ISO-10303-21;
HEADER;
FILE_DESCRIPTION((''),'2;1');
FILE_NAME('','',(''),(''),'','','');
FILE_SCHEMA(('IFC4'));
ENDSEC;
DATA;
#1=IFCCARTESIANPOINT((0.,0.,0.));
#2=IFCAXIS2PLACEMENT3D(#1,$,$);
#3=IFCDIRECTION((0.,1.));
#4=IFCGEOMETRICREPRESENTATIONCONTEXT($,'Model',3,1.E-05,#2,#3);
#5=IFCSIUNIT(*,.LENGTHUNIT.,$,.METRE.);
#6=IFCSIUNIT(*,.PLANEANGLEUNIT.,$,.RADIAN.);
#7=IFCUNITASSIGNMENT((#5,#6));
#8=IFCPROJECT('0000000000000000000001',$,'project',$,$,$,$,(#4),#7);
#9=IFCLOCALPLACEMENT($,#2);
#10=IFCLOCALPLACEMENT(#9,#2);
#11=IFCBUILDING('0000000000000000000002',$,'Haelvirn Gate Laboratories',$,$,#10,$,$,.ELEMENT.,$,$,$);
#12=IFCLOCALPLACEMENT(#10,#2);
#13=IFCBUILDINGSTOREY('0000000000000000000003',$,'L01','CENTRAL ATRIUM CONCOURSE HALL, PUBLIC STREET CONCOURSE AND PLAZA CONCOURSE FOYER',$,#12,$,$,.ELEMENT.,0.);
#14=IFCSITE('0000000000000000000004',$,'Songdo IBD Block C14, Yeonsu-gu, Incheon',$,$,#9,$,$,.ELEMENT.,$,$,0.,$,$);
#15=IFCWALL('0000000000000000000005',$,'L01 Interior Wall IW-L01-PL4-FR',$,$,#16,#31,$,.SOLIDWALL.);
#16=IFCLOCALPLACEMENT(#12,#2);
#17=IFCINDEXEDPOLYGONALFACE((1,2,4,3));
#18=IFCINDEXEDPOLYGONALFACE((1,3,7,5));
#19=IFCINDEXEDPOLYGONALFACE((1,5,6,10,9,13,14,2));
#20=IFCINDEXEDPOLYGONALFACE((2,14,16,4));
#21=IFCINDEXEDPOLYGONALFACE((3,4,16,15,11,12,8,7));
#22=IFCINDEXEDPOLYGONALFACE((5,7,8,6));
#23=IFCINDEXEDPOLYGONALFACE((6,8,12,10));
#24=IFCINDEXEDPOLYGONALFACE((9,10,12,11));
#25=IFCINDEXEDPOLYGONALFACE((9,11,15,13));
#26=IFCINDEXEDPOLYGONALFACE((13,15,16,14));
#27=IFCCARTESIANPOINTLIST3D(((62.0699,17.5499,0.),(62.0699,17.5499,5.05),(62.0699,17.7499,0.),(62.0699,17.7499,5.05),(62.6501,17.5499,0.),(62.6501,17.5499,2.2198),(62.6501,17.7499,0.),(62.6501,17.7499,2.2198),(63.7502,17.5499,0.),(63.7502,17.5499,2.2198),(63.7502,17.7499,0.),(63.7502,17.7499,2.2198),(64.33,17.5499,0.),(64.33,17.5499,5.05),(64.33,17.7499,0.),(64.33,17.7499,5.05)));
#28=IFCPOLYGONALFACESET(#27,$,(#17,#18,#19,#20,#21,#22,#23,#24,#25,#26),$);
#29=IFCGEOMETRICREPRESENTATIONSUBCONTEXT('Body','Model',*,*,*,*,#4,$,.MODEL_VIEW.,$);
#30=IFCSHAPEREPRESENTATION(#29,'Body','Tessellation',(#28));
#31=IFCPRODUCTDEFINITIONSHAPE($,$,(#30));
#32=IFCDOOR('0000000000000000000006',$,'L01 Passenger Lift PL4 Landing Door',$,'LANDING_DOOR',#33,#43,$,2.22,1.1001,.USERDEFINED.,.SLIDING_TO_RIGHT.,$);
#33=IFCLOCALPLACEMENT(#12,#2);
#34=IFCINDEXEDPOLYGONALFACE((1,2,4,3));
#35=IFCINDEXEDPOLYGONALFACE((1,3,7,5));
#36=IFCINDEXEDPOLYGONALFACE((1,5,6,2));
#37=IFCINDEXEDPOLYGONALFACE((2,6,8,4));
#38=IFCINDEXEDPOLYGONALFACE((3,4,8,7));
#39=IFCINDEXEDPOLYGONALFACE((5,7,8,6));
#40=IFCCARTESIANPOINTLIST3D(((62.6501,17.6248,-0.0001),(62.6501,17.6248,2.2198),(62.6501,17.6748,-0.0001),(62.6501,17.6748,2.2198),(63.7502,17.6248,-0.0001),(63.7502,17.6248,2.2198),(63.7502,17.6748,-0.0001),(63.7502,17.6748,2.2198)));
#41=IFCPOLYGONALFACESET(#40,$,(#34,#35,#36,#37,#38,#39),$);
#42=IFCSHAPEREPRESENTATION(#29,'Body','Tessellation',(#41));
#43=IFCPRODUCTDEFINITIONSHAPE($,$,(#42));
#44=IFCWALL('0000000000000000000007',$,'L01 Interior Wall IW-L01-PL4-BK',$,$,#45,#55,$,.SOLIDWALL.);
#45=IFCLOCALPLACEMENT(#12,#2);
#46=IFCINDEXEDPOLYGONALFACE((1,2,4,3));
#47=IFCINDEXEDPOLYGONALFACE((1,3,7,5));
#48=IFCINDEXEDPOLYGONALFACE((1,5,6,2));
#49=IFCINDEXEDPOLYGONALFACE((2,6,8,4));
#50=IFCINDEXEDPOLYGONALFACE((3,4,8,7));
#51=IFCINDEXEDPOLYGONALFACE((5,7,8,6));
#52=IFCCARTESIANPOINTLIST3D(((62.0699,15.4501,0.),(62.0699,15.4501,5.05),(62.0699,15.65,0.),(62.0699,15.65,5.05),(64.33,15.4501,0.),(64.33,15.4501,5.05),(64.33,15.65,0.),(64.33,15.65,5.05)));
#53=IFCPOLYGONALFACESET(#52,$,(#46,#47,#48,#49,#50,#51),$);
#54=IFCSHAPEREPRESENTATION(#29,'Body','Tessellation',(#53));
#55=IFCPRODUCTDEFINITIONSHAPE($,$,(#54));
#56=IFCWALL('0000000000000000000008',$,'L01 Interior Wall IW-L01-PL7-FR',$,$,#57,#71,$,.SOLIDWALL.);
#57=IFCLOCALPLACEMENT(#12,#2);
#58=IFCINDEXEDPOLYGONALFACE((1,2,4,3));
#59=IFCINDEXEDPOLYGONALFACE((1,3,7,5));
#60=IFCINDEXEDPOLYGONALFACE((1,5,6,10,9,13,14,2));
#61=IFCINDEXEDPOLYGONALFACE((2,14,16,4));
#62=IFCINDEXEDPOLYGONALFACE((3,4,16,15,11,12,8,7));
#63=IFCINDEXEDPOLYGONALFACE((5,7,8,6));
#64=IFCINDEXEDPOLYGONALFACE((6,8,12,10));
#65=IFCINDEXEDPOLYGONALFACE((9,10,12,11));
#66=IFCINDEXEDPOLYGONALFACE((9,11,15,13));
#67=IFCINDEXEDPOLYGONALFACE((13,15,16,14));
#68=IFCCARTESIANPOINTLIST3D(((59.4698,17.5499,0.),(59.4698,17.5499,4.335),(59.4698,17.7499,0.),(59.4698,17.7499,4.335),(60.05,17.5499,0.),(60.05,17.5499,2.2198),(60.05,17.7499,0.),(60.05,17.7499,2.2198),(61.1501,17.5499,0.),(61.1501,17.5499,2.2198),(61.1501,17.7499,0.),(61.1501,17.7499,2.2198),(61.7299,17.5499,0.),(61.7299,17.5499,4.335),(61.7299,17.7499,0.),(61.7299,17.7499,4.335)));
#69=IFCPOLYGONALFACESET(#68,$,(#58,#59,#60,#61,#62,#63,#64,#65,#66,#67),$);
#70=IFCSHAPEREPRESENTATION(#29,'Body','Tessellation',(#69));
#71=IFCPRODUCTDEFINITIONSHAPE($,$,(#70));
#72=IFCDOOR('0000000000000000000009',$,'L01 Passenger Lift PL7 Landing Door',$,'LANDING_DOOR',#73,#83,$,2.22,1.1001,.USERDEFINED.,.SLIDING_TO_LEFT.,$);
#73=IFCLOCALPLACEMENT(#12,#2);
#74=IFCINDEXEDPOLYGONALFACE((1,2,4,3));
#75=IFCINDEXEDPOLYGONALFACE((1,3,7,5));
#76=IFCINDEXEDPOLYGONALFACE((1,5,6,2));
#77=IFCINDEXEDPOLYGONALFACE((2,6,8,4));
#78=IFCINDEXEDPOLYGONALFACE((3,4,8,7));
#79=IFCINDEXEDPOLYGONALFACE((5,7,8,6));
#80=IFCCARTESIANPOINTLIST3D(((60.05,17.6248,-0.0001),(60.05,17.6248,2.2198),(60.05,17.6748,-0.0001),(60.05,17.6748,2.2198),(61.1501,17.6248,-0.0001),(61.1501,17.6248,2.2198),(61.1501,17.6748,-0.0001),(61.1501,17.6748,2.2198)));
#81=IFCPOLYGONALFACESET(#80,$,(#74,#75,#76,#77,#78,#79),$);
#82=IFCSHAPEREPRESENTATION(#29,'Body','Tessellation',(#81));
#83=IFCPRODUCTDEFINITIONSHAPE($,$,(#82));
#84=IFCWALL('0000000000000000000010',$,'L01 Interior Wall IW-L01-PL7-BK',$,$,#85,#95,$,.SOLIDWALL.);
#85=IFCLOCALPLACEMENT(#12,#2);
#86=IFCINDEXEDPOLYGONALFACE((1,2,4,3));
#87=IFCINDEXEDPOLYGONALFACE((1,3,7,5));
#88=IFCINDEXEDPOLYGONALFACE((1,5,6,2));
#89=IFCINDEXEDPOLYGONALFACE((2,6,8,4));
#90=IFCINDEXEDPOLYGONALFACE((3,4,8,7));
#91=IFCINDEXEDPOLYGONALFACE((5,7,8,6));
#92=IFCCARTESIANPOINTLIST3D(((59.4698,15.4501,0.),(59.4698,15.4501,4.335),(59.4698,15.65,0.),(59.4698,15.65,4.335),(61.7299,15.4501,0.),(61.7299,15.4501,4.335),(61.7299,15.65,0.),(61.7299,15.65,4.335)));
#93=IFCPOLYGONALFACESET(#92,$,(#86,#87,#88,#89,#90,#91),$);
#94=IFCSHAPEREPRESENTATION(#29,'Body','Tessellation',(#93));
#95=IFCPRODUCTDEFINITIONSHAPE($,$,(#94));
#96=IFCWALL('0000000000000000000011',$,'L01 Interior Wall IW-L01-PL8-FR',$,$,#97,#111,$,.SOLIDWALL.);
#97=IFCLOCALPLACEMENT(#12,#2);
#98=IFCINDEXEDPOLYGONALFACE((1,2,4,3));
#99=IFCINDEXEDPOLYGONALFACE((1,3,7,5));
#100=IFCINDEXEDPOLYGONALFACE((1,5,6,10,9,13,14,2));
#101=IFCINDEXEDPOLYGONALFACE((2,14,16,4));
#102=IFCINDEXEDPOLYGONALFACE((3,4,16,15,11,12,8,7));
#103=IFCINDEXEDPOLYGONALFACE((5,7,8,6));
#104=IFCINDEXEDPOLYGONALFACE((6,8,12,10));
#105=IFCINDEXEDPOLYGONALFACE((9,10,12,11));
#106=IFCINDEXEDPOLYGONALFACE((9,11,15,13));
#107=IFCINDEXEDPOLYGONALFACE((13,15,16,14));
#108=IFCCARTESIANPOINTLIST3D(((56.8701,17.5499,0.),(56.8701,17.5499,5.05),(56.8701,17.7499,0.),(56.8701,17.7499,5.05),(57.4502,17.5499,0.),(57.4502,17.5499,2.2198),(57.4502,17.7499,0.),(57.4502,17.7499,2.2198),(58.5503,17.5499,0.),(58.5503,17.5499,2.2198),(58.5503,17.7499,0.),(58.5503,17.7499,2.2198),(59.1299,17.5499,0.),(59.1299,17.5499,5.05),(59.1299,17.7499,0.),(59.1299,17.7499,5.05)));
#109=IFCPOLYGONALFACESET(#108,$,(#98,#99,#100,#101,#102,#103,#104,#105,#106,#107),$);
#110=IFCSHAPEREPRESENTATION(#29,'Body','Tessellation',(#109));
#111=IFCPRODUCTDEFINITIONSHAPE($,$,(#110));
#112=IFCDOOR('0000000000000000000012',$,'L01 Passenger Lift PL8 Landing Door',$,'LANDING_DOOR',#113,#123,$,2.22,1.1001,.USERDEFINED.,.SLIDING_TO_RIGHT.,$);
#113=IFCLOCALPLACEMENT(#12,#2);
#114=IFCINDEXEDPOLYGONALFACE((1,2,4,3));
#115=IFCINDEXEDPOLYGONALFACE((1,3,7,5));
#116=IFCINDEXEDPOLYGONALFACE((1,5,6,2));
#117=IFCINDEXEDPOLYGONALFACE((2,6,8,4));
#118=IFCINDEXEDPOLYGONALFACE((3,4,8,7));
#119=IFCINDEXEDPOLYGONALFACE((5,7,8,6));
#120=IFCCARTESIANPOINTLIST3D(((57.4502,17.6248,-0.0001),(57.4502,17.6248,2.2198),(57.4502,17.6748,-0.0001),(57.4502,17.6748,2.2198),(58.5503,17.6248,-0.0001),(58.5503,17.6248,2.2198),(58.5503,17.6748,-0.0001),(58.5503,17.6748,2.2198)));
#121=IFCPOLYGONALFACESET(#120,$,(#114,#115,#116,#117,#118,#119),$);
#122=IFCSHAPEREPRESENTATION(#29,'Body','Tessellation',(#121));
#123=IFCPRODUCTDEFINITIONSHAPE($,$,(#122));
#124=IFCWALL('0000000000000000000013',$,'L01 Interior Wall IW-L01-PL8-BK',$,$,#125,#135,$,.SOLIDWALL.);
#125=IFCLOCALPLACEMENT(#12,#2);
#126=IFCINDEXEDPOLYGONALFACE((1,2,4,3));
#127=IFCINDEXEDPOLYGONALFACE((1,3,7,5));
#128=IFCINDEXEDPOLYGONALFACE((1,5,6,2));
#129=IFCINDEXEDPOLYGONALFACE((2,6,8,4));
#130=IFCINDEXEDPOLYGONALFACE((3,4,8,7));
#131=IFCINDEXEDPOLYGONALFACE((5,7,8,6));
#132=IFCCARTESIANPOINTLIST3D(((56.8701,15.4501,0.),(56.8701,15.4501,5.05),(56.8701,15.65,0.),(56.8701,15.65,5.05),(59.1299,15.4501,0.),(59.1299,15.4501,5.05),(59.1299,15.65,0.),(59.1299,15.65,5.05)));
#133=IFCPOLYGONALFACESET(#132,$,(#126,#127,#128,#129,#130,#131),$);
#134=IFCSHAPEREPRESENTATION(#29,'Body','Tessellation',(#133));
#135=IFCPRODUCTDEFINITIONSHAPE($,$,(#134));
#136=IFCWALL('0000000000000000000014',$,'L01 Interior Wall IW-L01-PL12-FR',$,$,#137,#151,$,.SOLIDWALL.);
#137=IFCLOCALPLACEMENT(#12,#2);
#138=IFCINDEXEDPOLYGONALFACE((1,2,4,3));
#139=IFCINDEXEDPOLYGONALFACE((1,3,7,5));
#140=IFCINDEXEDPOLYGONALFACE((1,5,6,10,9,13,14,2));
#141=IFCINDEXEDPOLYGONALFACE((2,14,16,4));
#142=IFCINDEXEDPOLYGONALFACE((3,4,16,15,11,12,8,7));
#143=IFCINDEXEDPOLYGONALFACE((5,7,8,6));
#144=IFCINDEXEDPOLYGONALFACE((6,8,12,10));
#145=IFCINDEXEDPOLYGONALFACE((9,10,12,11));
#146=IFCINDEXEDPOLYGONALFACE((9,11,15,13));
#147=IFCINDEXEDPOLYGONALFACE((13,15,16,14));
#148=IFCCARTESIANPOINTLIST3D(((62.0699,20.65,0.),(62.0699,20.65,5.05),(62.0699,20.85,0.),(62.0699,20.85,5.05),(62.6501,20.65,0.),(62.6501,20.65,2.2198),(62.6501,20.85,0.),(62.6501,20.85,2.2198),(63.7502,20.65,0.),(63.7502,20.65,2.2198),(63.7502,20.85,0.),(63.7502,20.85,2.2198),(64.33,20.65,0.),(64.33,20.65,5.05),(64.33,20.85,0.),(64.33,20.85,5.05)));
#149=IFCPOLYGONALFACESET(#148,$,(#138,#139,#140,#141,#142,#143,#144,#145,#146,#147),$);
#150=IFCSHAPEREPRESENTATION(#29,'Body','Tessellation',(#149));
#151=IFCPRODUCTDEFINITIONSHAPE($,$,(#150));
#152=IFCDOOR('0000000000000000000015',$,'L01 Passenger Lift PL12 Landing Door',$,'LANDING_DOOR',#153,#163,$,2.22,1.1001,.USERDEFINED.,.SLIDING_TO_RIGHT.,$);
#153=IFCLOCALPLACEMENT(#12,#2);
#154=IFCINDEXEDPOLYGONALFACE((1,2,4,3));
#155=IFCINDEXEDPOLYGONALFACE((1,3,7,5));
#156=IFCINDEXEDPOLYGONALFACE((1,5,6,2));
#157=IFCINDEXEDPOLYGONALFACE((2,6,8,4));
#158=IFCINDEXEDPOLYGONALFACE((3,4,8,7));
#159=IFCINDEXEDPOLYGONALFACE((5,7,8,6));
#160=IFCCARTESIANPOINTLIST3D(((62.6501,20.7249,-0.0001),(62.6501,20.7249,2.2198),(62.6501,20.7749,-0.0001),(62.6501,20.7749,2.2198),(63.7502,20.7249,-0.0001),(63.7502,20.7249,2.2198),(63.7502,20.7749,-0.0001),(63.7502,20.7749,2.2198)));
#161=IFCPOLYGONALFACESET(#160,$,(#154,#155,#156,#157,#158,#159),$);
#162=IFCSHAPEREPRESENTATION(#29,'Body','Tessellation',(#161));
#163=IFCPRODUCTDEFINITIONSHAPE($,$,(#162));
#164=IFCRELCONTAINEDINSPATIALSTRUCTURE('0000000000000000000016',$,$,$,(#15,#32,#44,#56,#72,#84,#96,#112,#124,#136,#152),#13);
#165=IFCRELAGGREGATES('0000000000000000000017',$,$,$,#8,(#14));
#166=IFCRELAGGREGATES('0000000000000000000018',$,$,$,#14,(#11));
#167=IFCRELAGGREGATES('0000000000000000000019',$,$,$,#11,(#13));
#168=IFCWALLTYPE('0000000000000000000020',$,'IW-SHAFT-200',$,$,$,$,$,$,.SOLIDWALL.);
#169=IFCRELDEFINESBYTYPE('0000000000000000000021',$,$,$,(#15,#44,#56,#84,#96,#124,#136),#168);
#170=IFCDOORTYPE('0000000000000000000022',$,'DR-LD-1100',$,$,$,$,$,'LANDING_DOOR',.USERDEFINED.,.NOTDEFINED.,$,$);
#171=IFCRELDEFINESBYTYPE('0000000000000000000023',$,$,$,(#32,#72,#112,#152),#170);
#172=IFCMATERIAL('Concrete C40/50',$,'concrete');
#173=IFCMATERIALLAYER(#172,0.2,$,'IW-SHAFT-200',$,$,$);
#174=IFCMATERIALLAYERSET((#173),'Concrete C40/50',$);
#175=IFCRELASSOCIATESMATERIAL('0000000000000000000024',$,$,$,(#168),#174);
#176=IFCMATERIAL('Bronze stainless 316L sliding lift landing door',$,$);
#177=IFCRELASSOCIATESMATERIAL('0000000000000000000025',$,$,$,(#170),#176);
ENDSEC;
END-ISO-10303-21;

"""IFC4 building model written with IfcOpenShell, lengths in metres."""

from ifc_helpers import new_model, si_unit, direction, frame, frame_2d, origin, place, context, subcontext, project, spatial, rectangle, extrude, source, transform, mapped, material, layer, layer_set, type_object, type_shapes, element, fill, save


model = new_model("IFC4")

# Units and contexts
model_context = context("Model", 3, precision=1e-05, world=origin(), true_north=direction((0.0, 1.0)))
body_context = subcontext(model_context, "Body", "Model", "MODEL_VIEW")
ifc_project = project(units=[si_unit("LENGTHUNIT", "METRE"), si_unit("PLANEANGLEUNIT", "RADIAN")], contexts=[model_context])

# Site, building, storey
site_placement = place(None, origin())
site = spatial("IfcSite", under=ifc_project, at=site_placement, Name="Songdo IBD Block C14, Yeonsu-gu, Incheon", CompositionType="ELEMENT", RefElevation=0.0)
building_placement = place(site_placement, origin())
building = spatial("IfcBuilding", under=site, at=building_placement, Name="Haelvirn Gate Laboratories", CompositionType="ELEMENT")
storey_placement = place(building_placement, origin())
storey = spatial("IfcBuildingStorey", under=building, at=storey_placement, Name="L01", Description="CENTRAL ATRIUM CONCOURSE HALL, PUBLIC STREET CONCOURSE AND PLAZA CONCOURSE FOYER", CompositionType="ELEMENT", Elevation=0.0)

# Shared definitions
ifc_material_1 = material(Name="Concrete C40/50", Category="concrete")

# Wall, opening, door
ifc_layer_1 = layer(ifc_material_1, 0.2, Name="IW-SHAFT-200")
ifc_layer_set_1 = layer_set([ifc_layer_1], Name="Concrete C40/50")
wall_type_1 = type_object("IfcWallType", Name="IW-SHAFT-200", PredefinedType="SOLIDWALL", material=ifc_layer_set_1)
wall_1_placement = place(storey_placement, frame((62.0701, 17.6499, 0.0), z_axis=(0.0, 0.0, 1.0), x_axis=(1.0, 0.0, 0.0)))
wall_1 = element("IfcWall", 1, at=wall_1_placement, inside=storey, type_object=wall_type_1, Name="L01 Interior Wall IW-L01-PL4-FR", PredefinedType="SOLIDWALL", context=body_context, shape_type="SweptSolid", body=[
    extrude(rectangle(XDim=2.26, YDim=0.2, at=frame_2d((1.1299, 0.0))), origin(), (0.0, 0.0, 1.0), 5.05),
])
opening_1_placement = place(wall_1_placement, frame((0.5801, 0.0, 0.0)))
opening_1 = element("IfcOpeningElement", 2, at=opening_1_placement, cuts=wall_1, PredefinedType="OPENING", context=body_context, shape_type="SweptSolid", body=[
    extrude(rectangle(XDim=1.1001, YDim=2.22, at=frame_2d((0.55, 1.1099))), frame((0.0, 0.1099, 0.0), z_axis=(0.0, -1.0, 0.0), x_axis=(1.0, 0.0, 0.0)), (0.0, 0.0, 1.0), 0.22),
])
ifc_material_2 = material(Name="Bronze stainless 316L sliding lift landing door")
door_type_1 = type_object("IfcDoorType", Name="DR-LD-1100", ElementType="LANDING_DOOR", OperationType="NOTDEFINED", PredefinedType="USERDEFINED", material=ifc_material_2)
shared_shape_1 = source(origin(), body_context, "Body", "SweptSolid", [
    extrude(rectangle(XDim=1.1001, YDim=2.22, at=frame_2d((0.55, 1.1099))), frame((0.0, 0.0249, 0.0), z_axis=(0.0, -1.0, 0.0), x_axis=(1.0, 0.0, 0.0)), (0.0, 0.0, 1.0), 0.05),
])
type_shapes(door_type_1, [shared_shape_1])
door_1_placement = place(opening_1_placement, origin())
door_1 = element("IfcDoor", 3, at=door_1_placement, inside=storey, type_object=door_type_1, Name="L01 Passenger Lift PL4 Landing Door", ObjectType="LANDING_DOOR", OperationType="SLIDING_TO_RIGHT", OverallHeight=2.22, OverallWidth=1.1001, PredefinedType="USERDEFINED", context=body_context, shape_type="MappedRepresentation", body=[
    mapped(shared_shape_1, transform((0.0, 0.0, 0.0), scale=1.0)),
])
fill(opening_1, door_1)

# Wall
wall_2_placement = place(storey_placement, frame((62.0701, 15.55, 0.0), z_axis=(0.0, 0.0, 1.0), x_axis=(1.0, 0.0, 0.0)))
element("IfcWall", 4, at=wall_2_placement, inside=storey, type_object=wall_type_1, Name="L01 Interior Wall IW-L01-PL4-BK", PredefinedType="SOLIDWALL", context=body_context, shape_type="SweptSolid", body=[
    extrude(rectangle(XDim=2.26, YDim=0.2, at=frame_2d((1.1299, 0.0))), origin(), (0.0, 0.0, 1.0), 5.05),
])

# Wall, opening, door
wall_3_placement = place(storey_placement, frame((59.47, 17.6499, 0.0), z_axis=(0.0, 0.0, 1.0), x_axis=(1.0, 0.0, 0.0)))
wall_3 = element("IfcWall", 5, at=wall_3_placement, inside=storey, type_object=wall_type_1, Name="L01 Interior Wall IW-L01-PL7-FR", PredefinedType="SOLIDWALL", context=body_context, shape_type="SweptSolid", body=[
    extrude(rectangle(XDim=2.26, YDim=0.2, at=frame_2d((1.1299, 0.0))), origin(), (0.0, 0.0, 1.0), 4.335),
])
opening_2_placement = place(wall_3_placement, frame((0.5801, 0.0, 0.0)))
opening_2 = element("IfcOpeningElement", 6, at=opening_2_placement, cuts=wall_3, PredefinedType="OPENING", context=body_context, shape_type="SweptSolid", body=[
    extrude(rectangle(XDim=1.1001, YDim=2.22, at=frame_2d((0.55, 1.1099))), frame((0.0, 0.1099, 0.0), z_axis=(0.0, -1.0, 0.0), x_axis=(1.0, 0.0, 0.0)), (0.0, 0.0, 1.0), 0.22),
])
door_2_placement = place(opening_2_placement, origin())
door_2 = element("IfcDoor", 7, at=door_2_placement, inside=storey, type_object=door_type_1, Name="L01 Passenger Lift PL7 Landing Door", ObjectType="LANDING_DOOR", OperationType="SLIDING_TO_LEFT", OverallHeight=2.22, OverallWidth=1.1001, PredefinedType="USERDEFINED", context=body_context, shape_type="MappedRepresentation", body=[
    mapped(shared_shape_1, transform((0.0, 0.0, 0.0), scale=1.0)),
])
fill(opening_2, door_2)

# Wall
wall_4_placement = place(storey_placement, frame((59.47, 15.55, 0.0), z_axis=(0.0, 0.0, 1.0), x_axis=(1.0, 0.0, 0.0)))
element("IfcWall", 8, at=wall_4_placement, inside=storey, type_object=wall_type_1, Name="L01 Interior Wall IW-L01-PL7-BK", PredefinedType="SOLIDWALL", context=body_context, shape_type="SweptSolid", body=[
    extrude(rectangle(XDim=2.26, YDim=0.2, at=frame_2d((1.1299, 0.0))), origin(), (0.0, 0.0, 1.0), 4.335),
])

# Wall, opening, door
wall_5_placement = place(storey_placement, frame((56.8701, 17.6499, 0.0), z_axis=(0.0, 0.0, 1.0), x_axis=(1.0, 0.0, 0.0)))
wall_5 = element("IfcWall", 9, at=wall_5_placement, inside=storey, type_object=wall_type_1, Name="L01 Interior Wall IW-L01-PL8-FR", PredefinedType="SOLIDWALL", context=body_context, shape_type="SweptSolid", body=[
    extrude(rectangle(XDim=2.2598, YDim=0.2, at=frame_2d((1.1299, 0.0))), origin(), (0.0, 0.0, 1.0), 5.05),
])
opening_3_placement = place(wall_5_placement, frame((0.5801, 0.0, 0.0)))
opening_3 = element("IfcOpeningElement", 10, at=opening_3_placement, cuts=wall_5, PredefinedType="OPENING", context=body_context, shape_type="SweptSolid", body=[
    extrude(rectangle(XDim=1.1001, YDim=2.22, at=frame_2d((0.55, 1.1099))), frame((0.0, 0.1099, 0.0), z_axis=(0.0, -1.0, 0.0), x_axis=(1.0, 0.0, 0.0)), (0.0, 0.0, 1.0), 0.22),
])
door_3_placement = place(opening_3_placement, origin())
door_3 = element("IfcDoor", 11, at=door_3_placement, inside=storey, type_object=door_type_1, Name="L01 Passenger Lift PL8 Landing Door", ObjectType="LANDING_DOOR", OperationType="SLIDING_TO_RIGHT", OverallHeight=2.22, OverallWidth=1.1001, PredefinedType="USERDEFINED", context=body_context, shape_type="MappedRepresentation", body=[
    mapped(shared_shape_1, transform((0.0, 0.0, 0.0), scale=1.0)),
])
fill(opening_3, door_3)

# Wall
wall_6_placement = place(storey_placement, frame((56.8701, 15.55, 0.0), z_axis=(0.0, 0.0, 1.0), x_axis=(1.0, 0.0, 0.0)))
element("IfcWall", 12, at=wall_6_placement, inside=storey, type_object=wall_type_1, Name="L01 Interior Wall IW-L01-PL8-BK", PredefinedType="SOLIDWALL", context=body_context, shape_type="SweptSolid", body=[
    extrude(rectangle(XDim=2.2598, YDim=0.2, at=frame_2d((1.1299, 0.0))), origin(), (0.0, 0.0, 1.0), 5.05),
])

# Wall, opening, door
wall_7_placement = place(storey_placement, frame((62.0701, 20.75, 0.0), z_axis=(0.0, 0.0, 1.0), x_axis=(1.0, 0.0, 0.0)))
wall_7 = element("IfcWall", 13, at=wall_7_placement, inside=storey, type_object=wall_type_1, Name="L01 Interior Wall IW-L01-PL12-FR", PredefinedType="SOLIDWALL", context=body_context, shape_type="SweptSolid", body=[
    extrude(rectangle(XDim=2.26, YDim=0.2, at=frame_2d((1.1299, 0.0))), origin(), (0.0, 0.0, 1.0), 5.05),
])
opening_4_placement = place(wall_7_placement, frame((0.5801, 0.0, 0.0)))
opening_4 = element("IfcOpeningElement", 14, at=opening_4_placement, cuts=wall_7, PredefinedType="OPENING", context=body_context, shape_type="SweptSolid", body=[
    extrude(rectangle(XDim=1.1001, YDim=2.22, at=frame_2d((0.55, 1.1099))), frame((0.0, 0.1099, 0.0), z_axis=(0.0, -1.0, 0.0), x_axis=(1.0, 0.0, 0.0)), (0.0, 0.0, 1.0), 0.22),
])
door_4_placement = place(opening_4_placement, origin())
door_4 = element("IfcDoor", 15, at=door_4_placement, inside=storey, type_object=door_type_1, Name="L01 Passenger Lift PL12 Landing Door", ObjectType="LANDING_DOOR", OperationType="SLIDING_TO_RIGHT", OverallHeight=2.22, OverallWidth=1.1001, PredefinedType="USERDEFINED", context=body_context, shape_type="MappedRepresentation", body=[
    mapped(shared_shape_1, transform((0.0, 0.0, 0.0), scale=1.0)),
])
fill(opening_4, door_4)

save(model, "model.ifc")
